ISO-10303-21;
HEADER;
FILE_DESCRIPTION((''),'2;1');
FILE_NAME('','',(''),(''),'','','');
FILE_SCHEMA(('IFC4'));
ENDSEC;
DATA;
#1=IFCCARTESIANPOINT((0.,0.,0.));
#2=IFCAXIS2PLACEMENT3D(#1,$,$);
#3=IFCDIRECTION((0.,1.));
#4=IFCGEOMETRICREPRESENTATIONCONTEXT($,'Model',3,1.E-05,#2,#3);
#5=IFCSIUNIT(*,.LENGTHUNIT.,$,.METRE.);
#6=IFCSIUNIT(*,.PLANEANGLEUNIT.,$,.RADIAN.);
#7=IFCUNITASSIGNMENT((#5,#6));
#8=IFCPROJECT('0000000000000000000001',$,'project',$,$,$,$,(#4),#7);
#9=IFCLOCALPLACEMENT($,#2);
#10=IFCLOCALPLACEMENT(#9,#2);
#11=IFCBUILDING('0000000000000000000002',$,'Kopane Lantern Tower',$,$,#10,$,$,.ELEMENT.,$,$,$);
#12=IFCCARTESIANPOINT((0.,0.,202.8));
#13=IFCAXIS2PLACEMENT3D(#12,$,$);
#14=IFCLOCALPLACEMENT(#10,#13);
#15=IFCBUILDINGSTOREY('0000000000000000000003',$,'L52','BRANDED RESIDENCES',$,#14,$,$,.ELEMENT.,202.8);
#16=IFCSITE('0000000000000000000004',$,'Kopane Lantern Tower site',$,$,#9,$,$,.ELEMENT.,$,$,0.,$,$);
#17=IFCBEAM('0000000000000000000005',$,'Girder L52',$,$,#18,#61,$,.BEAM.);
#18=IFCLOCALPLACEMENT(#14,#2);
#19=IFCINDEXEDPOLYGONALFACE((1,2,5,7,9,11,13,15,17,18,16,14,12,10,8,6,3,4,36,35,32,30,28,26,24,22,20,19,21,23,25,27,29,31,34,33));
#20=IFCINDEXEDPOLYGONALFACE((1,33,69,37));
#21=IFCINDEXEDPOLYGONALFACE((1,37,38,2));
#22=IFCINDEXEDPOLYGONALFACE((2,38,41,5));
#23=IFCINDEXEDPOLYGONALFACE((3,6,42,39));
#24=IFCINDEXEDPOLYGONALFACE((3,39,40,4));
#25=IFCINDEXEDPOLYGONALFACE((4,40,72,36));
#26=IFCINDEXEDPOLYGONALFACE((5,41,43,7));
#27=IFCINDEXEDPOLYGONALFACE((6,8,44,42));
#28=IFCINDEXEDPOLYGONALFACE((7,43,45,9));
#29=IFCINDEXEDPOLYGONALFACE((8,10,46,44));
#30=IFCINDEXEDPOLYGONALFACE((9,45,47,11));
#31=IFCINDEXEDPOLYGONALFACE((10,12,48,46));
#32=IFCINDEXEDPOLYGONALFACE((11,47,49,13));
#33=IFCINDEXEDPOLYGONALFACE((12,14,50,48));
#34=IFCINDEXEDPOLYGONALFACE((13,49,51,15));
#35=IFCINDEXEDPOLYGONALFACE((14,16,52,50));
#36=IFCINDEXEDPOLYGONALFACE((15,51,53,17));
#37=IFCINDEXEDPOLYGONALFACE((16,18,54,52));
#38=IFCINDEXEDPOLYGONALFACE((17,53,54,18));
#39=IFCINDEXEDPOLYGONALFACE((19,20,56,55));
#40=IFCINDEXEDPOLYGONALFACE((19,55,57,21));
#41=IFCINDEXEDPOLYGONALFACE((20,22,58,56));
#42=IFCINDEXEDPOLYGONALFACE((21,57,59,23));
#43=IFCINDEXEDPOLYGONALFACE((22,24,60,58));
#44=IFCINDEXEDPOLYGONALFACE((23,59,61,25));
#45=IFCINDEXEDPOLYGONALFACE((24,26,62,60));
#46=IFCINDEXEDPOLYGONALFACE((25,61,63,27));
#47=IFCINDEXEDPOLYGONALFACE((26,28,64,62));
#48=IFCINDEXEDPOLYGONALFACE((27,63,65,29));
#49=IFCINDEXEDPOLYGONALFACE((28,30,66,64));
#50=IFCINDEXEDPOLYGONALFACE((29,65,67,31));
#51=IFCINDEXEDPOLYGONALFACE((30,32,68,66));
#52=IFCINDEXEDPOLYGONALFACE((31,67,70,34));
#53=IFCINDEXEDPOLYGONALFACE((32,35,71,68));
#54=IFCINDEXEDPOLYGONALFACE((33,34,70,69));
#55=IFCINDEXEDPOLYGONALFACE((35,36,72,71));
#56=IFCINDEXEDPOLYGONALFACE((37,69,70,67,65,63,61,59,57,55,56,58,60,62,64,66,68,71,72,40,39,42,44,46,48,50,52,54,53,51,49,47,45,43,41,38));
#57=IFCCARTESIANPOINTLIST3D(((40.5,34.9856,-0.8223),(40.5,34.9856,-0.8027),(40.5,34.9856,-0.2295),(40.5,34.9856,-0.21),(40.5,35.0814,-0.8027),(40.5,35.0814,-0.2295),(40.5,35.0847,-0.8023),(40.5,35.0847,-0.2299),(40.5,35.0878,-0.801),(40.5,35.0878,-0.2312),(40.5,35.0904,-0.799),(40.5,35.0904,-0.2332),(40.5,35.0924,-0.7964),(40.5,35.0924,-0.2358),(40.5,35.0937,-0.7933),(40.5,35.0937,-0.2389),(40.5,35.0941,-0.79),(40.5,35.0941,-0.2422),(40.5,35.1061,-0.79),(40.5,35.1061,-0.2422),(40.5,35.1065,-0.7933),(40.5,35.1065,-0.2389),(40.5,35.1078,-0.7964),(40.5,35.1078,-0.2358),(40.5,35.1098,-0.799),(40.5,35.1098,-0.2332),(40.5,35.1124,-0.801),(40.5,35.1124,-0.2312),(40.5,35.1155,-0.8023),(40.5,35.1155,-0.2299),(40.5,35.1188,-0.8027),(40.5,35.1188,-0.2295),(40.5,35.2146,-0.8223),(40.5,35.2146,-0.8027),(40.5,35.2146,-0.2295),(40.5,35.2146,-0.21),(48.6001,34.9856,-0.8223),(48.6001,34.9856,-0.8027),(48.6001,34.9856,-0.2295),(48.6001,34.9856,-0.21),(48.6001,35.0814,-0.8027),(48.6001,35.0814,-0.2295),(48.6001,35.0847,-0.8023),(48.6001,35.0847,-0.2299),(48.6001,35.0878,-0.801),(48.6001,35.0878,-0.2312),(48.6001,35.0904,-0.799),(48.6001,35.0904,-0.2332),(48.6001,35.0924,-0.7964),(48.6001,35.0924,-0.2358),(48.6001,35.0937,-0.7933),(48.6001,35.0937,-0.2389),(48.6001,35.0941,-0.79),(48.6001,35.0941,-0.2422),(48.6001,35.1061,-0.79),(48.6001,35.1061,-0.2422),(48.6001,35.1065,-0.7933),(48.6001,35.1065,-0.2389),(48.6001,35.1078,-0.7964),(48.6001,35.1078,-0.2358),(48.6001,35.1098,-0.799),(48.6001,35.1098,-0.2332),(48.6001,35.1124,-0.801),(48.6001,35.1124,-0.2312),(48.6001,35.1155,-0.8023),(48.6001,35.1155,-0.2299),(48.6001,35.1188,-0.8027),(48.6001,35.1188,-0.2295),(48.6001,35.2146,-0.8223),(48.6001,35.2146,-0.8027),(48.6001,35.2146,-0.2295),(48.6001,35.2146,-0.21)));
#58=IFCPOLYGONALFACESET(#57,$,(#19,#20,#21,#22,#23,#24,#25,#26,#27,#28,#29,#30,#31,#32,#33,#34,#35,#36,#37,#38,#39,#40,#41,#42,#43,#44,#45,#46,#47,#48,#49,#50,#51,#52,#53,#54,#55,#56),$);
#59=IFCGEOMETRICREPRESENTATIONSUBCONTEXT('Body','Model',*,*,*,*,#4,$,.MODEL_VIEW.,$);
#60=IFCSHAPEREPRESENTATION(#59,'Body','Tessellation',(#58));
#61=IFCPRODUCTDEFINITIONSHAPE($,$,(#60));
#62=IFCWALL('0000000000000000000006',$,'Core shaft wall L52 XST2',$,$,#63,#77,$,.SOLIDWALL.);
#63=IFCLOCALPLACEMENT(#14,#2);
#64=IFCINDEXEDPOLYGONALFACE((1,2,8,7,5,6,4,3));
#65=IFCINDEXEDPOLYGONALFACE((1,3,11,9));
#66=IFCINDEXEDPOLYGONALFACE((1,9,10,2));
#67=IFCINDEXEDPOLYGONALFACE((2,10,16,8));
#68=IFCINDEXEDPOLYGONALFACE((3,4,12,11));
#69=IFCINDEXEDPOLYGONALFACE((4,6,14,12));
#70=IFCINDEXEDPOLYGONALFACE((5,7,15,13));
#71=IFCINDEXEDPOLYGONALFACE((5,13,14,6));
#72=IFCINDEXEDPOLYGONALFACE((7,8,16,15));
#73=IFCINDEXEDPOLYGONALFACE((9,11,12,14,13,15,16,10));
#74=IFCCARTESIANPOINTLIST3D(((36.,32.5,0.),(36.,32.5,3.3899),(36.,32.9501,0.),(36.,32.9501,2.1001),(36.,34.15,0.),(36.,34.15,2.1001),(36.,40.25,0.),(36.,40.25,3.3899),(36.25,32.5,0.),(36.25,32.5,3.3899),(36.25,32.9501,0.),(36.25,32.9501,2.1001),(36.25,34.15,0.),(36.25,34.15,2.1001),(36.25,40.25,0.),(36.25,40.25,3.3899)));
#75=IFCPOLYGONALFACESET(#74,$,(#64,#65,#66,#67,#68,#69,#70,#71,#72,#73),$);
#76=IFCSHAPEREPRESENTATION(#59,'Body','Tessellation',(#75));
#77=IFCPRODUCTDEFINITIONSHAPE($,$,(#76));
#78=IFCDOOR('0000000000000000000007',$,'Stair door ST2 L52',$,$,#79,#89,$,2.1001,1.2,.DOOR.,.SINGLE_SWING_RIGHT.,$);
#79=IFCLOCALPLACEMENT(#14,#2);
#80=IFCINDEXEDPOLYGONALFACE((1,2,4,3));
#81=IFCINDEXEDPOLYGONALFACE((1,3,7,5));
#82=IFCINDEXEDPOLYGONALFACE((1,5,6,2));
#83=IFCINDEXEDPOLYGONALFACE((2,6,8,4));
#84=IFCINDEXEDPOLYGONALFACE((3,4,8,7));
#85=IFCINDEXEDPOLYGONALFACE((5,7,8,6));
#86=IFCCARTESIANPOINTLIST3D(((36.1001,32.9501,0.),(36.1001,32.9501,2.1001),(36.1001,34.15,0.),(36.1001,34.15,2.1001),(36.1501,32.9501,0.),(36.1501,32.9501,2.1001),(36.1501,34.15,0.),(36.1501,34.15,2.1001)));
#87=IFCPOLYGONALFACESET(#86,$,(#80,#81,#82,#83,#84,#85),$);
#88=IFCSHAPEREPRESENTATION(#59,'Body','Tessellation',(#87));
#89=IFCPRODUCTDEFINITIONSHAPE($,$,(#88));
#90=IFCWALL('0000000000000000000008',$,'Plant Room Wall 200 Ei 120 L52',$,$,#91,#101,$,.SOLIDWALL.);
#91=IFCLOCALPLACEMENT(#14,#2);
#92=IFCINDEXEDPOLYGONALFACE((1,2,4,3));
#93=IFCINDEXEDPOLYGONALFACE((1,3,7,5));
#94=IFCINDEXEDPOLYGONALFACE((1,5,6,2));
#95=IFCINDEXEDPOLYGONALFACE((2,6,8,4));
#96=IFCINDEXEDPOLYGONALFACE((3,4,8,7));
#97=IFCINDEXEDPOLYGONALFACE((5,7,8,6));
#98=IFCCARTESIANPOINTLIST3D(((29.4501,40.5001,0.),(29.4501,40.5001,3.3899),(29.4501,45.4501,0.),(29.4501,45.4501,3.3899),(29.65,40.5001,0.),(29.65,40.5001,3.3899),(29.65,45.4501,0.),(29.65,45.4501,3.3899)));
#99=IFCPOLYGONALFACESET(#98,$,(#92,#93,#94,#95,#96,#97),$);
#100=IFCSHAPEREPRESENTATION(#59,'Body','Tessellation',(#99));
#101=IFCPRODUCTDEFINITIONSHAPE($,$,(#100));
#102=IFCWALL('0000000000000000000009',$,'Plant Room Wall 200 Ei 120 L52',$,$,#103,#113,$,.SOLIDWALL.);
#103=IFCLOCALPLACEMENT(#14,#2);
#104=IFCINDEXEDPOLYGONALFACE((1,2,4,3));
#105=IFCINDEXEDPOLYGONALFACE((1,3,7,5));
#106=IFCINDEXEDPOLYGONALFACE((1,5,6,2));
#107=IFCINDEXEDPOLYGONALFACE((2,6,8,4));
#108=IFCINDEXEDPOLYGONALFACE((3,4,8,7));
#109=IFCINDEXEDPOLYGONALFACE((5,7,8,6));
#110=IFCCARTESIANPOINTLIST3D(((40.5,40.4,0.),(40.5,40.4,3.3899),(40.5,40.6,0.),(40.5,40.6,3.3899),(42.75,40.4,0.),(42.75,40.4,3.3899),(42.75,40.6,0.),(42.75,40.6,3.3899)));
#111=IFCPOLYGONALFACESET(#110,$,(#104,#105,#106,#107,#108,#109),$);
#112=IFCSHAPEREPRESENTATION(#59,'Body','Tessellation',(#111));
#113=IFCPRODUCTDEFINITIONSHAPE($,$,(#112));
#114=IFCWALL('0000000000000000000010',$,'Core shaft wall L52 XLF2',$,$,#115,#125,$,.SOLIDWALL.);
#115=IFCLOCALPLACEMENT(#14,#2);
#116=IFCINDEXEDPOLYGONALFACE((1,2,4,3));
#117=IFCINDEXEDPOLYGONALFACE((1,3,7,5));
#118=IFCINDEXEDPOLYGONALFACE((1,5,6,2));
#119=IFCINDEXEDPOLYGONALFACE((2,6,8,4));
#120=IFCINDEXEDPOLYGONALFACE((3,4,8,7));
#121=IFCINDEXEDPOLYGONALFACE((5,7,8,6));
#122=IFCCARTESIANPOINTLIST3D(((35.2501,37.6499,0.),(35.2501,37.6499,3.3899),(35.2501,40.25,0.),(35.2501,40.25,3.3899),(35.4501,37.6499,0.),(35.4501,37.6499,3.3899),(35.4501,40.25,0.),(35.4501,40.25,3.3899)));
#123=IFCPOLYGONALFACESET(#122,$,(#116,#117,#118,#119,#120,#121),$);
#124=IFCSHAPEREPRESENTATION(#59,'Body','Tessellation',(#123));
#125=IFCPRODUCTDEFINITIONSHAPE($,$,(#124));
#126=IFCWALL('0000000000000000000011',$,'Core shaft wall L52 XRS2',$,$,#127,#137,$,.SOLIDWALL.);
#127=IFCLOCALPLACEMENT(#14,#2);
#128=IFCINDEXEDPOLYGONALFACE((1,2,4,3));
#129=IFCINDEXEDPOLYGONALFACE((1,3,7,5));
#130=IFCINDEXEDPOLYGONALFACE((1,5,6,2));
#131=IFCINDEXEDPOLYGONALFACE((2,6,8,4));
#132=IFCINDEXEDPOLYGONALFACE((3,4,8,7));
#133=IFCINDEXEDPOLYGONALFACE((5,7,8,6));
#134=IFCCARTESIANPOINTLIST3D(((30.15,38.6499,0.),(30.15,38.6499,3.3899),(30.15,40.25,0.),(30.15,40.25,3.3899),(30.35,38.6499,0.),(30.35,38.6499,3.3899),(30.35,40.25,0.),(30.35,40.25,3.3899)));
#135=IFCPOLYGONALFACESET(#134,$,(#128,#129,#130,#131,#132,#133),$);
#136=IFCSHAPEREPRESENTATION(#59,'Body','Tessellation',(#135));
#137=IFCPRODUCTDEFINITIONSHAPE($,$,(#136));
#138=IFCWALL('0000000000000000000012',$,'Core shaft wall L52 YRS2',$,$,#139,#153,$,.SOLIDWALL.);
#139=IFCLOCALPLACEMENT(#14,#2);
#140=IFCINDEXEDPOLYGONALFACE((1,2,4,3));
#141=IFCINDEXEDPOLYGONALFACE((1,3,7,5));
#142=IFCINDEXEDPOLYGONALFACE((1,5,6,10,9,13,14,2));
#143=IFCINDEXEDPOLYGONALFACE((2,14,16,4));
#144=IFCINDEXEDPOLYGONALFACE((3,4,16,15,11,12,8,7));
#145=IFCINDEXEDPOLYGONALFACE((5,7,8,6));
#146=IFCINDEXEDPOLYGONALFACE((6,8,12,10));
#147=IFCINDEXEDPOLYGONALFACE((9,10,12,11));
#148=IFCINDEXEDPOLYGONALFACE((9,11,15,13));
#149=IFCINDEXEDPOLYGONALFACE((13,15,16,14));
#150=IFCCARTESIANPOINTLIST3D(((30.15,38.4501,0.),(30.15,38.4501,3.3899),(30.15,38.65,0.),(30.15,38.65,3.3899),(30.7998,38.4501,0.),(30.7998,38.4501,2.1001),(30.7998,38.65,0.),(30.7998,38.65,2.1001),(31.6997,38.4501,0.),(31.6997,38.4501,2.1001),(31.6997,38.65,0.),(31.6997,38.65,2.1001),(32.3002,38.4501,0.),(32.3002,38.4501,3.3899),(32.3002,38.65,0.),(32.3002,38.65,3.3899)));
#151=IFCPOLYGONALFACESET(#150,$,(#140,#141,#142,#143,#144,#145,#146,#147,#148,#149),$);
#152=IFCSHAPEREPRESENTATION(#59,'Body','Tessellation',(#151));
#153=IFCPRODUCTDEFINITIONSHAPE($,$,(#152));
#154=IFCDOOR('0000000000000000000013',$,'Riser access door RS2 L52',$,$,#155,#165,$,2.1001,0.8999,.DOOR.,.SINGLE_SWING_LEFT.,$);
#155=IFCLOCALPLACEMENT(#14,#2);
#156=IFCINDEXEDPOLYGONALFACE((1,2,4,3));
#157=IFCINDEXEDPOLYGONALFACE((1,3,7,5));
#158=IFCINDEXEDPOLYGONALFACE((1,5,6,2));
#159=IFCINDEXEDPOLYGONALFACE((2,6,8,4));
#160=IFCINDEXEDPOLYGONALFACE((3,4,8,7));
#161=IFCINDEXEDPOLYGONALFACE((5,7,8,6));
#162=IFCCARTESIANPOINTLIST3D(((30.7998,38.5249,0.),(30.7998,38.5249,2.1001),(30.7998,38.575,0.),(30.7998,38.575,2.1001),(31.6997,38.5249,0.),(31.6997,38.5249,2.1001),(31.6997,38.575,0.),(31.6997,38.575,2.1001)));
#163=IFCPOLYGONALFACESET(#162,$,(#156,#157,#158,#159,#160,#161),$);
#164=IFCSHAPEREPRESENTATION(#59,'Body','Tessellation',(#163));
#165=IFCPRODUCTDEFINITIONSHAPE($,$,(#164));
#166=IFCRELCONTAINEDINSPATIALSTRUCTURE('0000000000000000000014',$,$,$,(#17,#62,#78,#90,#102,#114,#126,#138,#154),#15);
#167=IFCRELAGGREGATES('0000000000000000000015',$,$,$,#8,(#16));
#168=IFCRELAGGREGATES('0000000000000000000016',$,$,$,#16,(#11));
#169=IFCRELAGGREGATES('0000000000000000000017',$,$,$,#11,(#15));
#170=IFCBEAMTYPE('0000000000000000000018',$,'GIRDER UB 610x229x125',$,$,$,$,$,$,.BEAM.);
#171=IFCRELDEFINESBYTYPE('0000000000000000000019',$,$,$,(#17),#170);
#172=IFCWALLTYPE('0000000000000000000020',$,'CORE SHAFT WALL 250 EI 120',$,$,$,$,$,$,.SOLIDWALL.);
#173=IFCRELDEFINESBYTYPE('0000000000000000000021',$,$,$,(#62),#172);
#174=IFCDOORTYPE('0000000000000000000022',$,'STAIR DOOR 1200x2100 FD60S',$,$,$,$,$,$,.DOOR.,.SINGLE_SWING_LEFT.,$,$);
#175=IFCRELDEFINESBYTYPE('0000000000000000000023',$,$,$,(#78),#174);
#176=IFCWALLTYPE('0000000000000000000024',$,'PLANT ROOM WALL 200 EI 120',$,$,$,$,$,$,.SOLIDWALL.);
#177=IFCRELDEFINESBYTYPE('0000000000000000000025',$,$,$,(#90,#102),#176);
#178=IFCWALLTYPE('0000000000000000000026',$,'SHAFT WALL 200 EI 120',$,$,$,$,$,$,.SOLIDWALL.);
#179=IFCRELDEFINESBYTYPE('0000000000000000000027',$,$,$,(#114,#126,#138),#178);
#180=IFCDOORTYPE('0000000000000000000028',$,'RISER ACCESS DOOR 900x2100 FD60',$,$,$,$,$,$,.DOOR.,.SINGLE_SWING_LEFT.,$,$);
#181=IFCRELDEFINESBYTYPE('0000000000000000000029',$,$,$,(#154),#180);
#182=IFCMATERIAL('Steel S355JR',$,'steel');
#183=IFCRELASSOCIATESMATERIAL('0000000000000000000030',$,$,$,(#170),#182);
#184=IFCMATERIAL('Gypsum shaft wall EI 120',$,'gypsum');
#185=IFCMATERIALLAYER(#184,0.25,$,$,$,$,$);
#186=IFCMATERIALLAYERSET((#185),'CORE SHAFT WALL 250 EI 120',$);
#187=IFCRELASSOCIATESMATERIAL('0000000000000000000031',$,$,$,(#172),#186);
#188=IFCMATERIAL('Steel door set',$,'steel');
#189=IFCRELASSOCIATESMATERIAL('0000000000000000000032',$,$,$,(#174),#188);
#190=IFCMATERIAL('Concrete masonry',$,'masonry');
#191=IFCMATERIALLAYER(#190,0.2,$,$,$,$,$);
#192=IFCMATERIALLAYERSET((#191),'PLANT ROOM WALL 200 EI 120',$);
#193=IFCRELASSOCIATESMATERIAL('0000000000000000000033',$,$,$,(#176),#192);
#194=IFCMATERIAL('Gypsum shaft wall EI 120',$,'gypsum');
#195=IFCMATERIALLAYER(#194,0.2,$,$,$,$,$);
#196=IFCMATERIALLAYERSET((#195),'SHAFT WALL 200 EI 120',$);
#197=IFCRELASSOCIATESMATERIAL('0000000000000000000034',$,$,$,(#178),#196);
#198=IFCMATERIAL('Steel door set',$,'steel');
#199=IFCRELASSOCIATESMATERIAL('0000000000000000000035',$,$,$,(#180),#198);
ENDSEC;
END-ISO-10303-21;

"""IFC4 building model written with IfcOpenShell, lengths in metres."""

from ifc_helpers import new_model, si_unit, direction, frame, frame_2d, origin, origin_2d, place, context, subcontext, project, spatial, rectangle, i_section, extrude, material, layer, layer_set, material_profile, profile_set, type_object, element, fill, save


model = new_model("IFC4")

# Units and contexts
model_context = context("Model", 3, precision=1e-05, world=origin(), true_north=direction((0.0, 1.0)))
body_context = subcontext(model_context, "Body", "Model", "MODEL_VIEW")
ifc_project = project(units=[si_unit("LENGTHUNIT", "METRE"), si_unit("PLANEANGLEUNIT", "RADIAN")], contexts=[model_context])

# Site, building, storey
site_placement = place(None, origin())
site = spatial("IfcSite", under=ifc_project, at=site_placement, Name="Kopane Lantern Tower site", CompositionType="ELEMENT", RefElevation=0.0)
building_placement = place(site_placement, origin())
building = spatial("IfcBuilding", under=site, at=building_placement, Name="Kopane Lantern Tower", CompositionType="ELEMENT")
storey_placement = place(building_placement, frame((0.0, 0.0, 202.8)))
storey = spatial("IfcBuildingStorey", under=building, at=storey_placement, Name="L52", Description="BRANDED RESIDENCES", CompositionType="ELEMENT", Elevation=202.8)

# Beam
ifc_material_1 = material(Name="Steel S355JR", Category="steel")
ifc_material_profile_1 = material_profile(ifc_material_1, i_section(OverallWidth=0.229, OverallDepth=0.6123, WebThickness=0.012, FlangeThickness=0.0195, FilletRadius=0.0127, at=origin_2d()), Name="UB 610x229x125")
ifc_profile_set_1 = profile_set([ifc_material_profile_1], Name="Steel S355JR")
beam_type_1 = type_object("IfcBeamType", Name="GIRDER UB 610x229x125", PredefinedType="BEAM", material=ifc_profile_set_1)
for number, where, z_axis, x_axis, name in (
    (1, (40.5, 35.1001, -0.5161), (1.0, 0.0, 0.0), (0.0, 1.0, 0.0), "Girder L52"),
):
    element("IfcBeam", number, at=place(storey_placement, frame(where, z_axis=z_axis, x_axis=x_axis)), inside=storey, type_object=beam_type_1, Name=name, PredefinedType="BEAM", context=body_context, shape_type="SweptSolid", body=[
        extrude(i_section(OverallWidth=0.229, OverallDepth=0.6123, WebThickness=0.012, FlangeThickness=0.0195, FilletRadius=0.0127, at=origin_2d()), origin(), (0.0, 0.0, 1.0), 8.1001),
    ])

# Wall, opening, door
ifc_material_2 = material(Name="Gypsum shaft wall EI 120", Category="gypsum")
ifc_layer_1 = layer(ifc_material_2, 0.25)
ifc_layer_set_1 = layer_set([ifc_layer_1], Name="CORE SHAFT WALL 250 EI 120")
wall_type_1 = type_object("IfcWallType", Name="CORE SHAFT WALL 250 EI 120", PredefinedType="SOLIDWALL", material=ifc_layer_set_1)
wall_1_placement = place(storey_placement, frame((36.125, 32.5, 0.0), z_axis=(0.0, 0.0, 1.0), x_axis=(0.0, 1.0, 0.0)))
wall_1 = element("IfcWall", 2, at=wall_1_placement, inside=storey, type_object=wall_type_1, Name="Core shaft wall L52 XST2", PredefinedType="SOLIDWALL", context=body_context, shape_type="SweptSolid", body=[
    extrude(rectangle(XDim=7.75, YDim=0.25, at=frame_2d((3.875, 0.0))), origin(), (0.0, 0.0, 1.0), 3.3899),
])
opening_1_placement = place(wall_1_placement, frame((0.45, 0.0, 0.0)))
opening_1 = element("IfcOpeningElement", 3, at=opening_1_placement, cuts=wall_1, PredefinedType="OPENING", context=body_context, shape_type="SweptSolid", body=[
    extrude(rectangle(XDim=1.2, YDim=2.1001, at=frame_2d((0.6001, 1.05))), frame((0.0, 0.135, 0.0), z_axis=(0.0, -1.0, 0.0), x_axis=(1.0, 0.0, 0.0)), (0.0, 0.0, 1.0), 0.27),
])
ifc_material_3 = material(Name="Steel door set", Category="steel")
door_type_1 = type_object("IfcDoorType", Name="STAIR DOOR 1200x2100 FD60S", OperationType="SINGLE_SWING_LEFT", PredefinedType="DOOR", material=ifc_material_3)
door_1_placement = place(opening_1_placement, origin())
door_1 = element("IfcDoor", 4, at=door_1_placement, inside=storey, type_object=door_type_1, Name="Stair door ST2 L52", OperationType="SINGLE_SWING_RIGHT", OverallHeight=2.1001, OverallWidth=1.2, PredefinedType="DOOR", context=body_context, shape_type="SweptSolid", body=[
    extrude(rectangle(XDim=1.2, YDim=2.1001, at=frame_2d((0.6001, 1.05))), frame((0.0, 0.0249, 0.0), z_axis=(0.0, -1.0, 0.0), x_axis=(1.0, 0.0, 0.0)), (0.0, 0.0, 1.0), 0.05),
])
fill(opening_1, door_1)

# Walls
ifc_material_4 = material(Name="Concrete masonry", Category="masonry")
ifc_layer_2 = layer(ifc_material_4, 0.2)
ifc_layer_set_2 = layer_set([ifc_layer_2], Name="PLANT ROOM WALL 200 EI 120")
wall_type_2 = type_object("IfcWallType", Name="PLANT ROOM WALL 200 EI 120", PredefinedType="SOLIDWALL", material=ifc_layer_set_2)
wall_2_placement = place(storey_placement, frame((29.55, 40.5, 0.0), z_axis=(0.0, 0.0, 1.0), x_axis=(0.0, 1.0, 0.0)))
element("IfcWall", 5, at=wall_2_placement, inside=storey, type_object=wall_type_2, Name="Plant Room Wall 200 Ei 120 L52", PredefinedType="SOLIDWALL", context=body_context, shape_type="SweptSolid", body=[
    extrude(rectangle(XDim=4.95, YDim=0.2, at=frame_2d((2.4751, 0.0))), origin(), (0.0, 0.0, 1.0), 3.3899),
])
wall_3_placement = place(storey_placement, frame((40.5, 40.5, 0.0), z_axis=(0.0, 0.0, 1.0), x_axis=(1.0, 0.0, 0.0)))
element("IfcWall", 6, at=wall_3_placement, inside=storey, type_object=wall_type_2, Name="Plant Room Wall 200 Ei 120 L52", PredefinedType="SOLIDWALL", context=body_context, shape_type="SweptSolid", body=[
    extrude(rectangle(XDim=2.25, YDim=0.2, at=frame_2d((1.125, 0.0))), origin(), (0.0, 0.0, 1.0), 3.3899),
])
ifc_material_5 = material(Name="Gypsum shaft wall EI 120", Category="gypsum")
ifc_layer_3 = layer(ifc_material_5, 0.2)
ifc_layer_set_3 = layer_set([ifc_layer_3], Name="SHAFT WALL 200 EI 120")
wall_type_3 = type_object("IfcWallType", Name="SHAFT WALL 200 EI 120", PredefinedType="SOLIDWALL", material=ifc_layer_set_3)
wall_4_placement = place(storey_placement, frame((35.3501, 37.6499, 0.0), z_axis=(0.0, 0.0, 1.0), x_axis=(0.0, 1.0, 0.0)))
element("IfcWall", 7, at=wall_4_placement, inside=storey, type_object=wall_type_3, Name="Core shaft wall L52 XLF2", PredefinedType="SOLIDWALL", context=body_context, shape_type="SweptSolid", body=[
    extrude(rectangle(XDim=2.6001, YDim=0.2, at=frame_2d((1.3, 0.0))), origin(), (0.0, 0.0, 1.0), 3.3899),
])
wall_5_placement = place(storey_placement, frame((30.25, 38.6499, 0.0), z_axis=(0.0, 0.0, 1.0), x_axis=(0.0, 1.0, 0.0)))
element("IfcWall", 8, at=wall_5_placement, inside=storey, type_object=wall_type_3, Name="Core shaft wall L52 XRS2", PredefinedType="SOLIDWALL", context=body_context, shape_type="SweptSolid", body=[
    extrude(rectangle(XDim=1.6001, YDim=0.2, at=frame_2d((0.8, 0.0))), origin(), (0.0, 0.0, 1.0), 3.3899),
])

# Wall, opening, door
wall_6_placement = place(storey_placement, frame((30.1499, 38.55, 0.0), z_axis=(0.0, 0.0, 1.0), x_axis=(1.0, 0.0, 0.0)))
wall_6 = element("IfcWall", 9, at=wall_6_placement, inside=storey, type_object=wall_type_3, Name="Core shaft wall L52 YRS2", PredefinedType="SOLIDWALL", context=body_context, shape_type="SweptSolid", body=[
    extrude(rectangle(XDim=2.1501, YDim=0.2, at=frame_2d((1.0752, 0.0))), origin(), (0.0, 0.0, 1.0), 3.3899),
])
opening_2_placement = place(wall_6_placement, frame((0.6499, 0.0, 0.0)))
opening_2 = element("IfcOpeningElement", 10, at=opening_2_placement, cuts=wall_6, PredefinedType="OPENING", context=body_context, shape_type="SweptSolid", body=[
    extrude(rectangle(XDim=0.8999, YDim=2.1001, at=frame_2d((0.45, 1.05))), frame((0.0, 0.1099, 0.0), z_axis=(0.0, -1.0, 0.0), x_axis=(1.0, 0.0, 0.0)), (0.0, 0.0, 1.0), 0.22),
])
ifc_material_6 = material(Name="Steel door set", Category="steel")
door_type_2 = type_object("IfcDoorType", Name="RISER ACCESS DOOR 900x2100 FD60", OperationType="SINGLE_SWING_LEFT", PredefinedType="DOOR", material=ifc_material_6)
door_2_placement = place(opening_2_placement, origin())
door_2 = element("IfcDoor", 11, at=door_2_placement, inside=storey, type_object=door_type_2, Name="Riser access door RS2 L52", OperationType="SINGLE_SWING_LEFT", OverallHeight=2.1001, OverallWidth=0.8999, PredefinedType="DOOR", context=body_context, shape_type="SweptSolid", body=[
    extrude(rectangle(XDim=0.8999, YDim=2.1001, at=frame_2d((0.45, 1.05))), frame((0.0, 0.0249, 0.0), z_axis=(0.0, -1.0, 0.0), x_axis=(1.0, 0.0, 0.0)), (0.0, 0.0, 1.0), 0.05),
])
fill(opening_2, door_2)

save(model, "model.ifc")
